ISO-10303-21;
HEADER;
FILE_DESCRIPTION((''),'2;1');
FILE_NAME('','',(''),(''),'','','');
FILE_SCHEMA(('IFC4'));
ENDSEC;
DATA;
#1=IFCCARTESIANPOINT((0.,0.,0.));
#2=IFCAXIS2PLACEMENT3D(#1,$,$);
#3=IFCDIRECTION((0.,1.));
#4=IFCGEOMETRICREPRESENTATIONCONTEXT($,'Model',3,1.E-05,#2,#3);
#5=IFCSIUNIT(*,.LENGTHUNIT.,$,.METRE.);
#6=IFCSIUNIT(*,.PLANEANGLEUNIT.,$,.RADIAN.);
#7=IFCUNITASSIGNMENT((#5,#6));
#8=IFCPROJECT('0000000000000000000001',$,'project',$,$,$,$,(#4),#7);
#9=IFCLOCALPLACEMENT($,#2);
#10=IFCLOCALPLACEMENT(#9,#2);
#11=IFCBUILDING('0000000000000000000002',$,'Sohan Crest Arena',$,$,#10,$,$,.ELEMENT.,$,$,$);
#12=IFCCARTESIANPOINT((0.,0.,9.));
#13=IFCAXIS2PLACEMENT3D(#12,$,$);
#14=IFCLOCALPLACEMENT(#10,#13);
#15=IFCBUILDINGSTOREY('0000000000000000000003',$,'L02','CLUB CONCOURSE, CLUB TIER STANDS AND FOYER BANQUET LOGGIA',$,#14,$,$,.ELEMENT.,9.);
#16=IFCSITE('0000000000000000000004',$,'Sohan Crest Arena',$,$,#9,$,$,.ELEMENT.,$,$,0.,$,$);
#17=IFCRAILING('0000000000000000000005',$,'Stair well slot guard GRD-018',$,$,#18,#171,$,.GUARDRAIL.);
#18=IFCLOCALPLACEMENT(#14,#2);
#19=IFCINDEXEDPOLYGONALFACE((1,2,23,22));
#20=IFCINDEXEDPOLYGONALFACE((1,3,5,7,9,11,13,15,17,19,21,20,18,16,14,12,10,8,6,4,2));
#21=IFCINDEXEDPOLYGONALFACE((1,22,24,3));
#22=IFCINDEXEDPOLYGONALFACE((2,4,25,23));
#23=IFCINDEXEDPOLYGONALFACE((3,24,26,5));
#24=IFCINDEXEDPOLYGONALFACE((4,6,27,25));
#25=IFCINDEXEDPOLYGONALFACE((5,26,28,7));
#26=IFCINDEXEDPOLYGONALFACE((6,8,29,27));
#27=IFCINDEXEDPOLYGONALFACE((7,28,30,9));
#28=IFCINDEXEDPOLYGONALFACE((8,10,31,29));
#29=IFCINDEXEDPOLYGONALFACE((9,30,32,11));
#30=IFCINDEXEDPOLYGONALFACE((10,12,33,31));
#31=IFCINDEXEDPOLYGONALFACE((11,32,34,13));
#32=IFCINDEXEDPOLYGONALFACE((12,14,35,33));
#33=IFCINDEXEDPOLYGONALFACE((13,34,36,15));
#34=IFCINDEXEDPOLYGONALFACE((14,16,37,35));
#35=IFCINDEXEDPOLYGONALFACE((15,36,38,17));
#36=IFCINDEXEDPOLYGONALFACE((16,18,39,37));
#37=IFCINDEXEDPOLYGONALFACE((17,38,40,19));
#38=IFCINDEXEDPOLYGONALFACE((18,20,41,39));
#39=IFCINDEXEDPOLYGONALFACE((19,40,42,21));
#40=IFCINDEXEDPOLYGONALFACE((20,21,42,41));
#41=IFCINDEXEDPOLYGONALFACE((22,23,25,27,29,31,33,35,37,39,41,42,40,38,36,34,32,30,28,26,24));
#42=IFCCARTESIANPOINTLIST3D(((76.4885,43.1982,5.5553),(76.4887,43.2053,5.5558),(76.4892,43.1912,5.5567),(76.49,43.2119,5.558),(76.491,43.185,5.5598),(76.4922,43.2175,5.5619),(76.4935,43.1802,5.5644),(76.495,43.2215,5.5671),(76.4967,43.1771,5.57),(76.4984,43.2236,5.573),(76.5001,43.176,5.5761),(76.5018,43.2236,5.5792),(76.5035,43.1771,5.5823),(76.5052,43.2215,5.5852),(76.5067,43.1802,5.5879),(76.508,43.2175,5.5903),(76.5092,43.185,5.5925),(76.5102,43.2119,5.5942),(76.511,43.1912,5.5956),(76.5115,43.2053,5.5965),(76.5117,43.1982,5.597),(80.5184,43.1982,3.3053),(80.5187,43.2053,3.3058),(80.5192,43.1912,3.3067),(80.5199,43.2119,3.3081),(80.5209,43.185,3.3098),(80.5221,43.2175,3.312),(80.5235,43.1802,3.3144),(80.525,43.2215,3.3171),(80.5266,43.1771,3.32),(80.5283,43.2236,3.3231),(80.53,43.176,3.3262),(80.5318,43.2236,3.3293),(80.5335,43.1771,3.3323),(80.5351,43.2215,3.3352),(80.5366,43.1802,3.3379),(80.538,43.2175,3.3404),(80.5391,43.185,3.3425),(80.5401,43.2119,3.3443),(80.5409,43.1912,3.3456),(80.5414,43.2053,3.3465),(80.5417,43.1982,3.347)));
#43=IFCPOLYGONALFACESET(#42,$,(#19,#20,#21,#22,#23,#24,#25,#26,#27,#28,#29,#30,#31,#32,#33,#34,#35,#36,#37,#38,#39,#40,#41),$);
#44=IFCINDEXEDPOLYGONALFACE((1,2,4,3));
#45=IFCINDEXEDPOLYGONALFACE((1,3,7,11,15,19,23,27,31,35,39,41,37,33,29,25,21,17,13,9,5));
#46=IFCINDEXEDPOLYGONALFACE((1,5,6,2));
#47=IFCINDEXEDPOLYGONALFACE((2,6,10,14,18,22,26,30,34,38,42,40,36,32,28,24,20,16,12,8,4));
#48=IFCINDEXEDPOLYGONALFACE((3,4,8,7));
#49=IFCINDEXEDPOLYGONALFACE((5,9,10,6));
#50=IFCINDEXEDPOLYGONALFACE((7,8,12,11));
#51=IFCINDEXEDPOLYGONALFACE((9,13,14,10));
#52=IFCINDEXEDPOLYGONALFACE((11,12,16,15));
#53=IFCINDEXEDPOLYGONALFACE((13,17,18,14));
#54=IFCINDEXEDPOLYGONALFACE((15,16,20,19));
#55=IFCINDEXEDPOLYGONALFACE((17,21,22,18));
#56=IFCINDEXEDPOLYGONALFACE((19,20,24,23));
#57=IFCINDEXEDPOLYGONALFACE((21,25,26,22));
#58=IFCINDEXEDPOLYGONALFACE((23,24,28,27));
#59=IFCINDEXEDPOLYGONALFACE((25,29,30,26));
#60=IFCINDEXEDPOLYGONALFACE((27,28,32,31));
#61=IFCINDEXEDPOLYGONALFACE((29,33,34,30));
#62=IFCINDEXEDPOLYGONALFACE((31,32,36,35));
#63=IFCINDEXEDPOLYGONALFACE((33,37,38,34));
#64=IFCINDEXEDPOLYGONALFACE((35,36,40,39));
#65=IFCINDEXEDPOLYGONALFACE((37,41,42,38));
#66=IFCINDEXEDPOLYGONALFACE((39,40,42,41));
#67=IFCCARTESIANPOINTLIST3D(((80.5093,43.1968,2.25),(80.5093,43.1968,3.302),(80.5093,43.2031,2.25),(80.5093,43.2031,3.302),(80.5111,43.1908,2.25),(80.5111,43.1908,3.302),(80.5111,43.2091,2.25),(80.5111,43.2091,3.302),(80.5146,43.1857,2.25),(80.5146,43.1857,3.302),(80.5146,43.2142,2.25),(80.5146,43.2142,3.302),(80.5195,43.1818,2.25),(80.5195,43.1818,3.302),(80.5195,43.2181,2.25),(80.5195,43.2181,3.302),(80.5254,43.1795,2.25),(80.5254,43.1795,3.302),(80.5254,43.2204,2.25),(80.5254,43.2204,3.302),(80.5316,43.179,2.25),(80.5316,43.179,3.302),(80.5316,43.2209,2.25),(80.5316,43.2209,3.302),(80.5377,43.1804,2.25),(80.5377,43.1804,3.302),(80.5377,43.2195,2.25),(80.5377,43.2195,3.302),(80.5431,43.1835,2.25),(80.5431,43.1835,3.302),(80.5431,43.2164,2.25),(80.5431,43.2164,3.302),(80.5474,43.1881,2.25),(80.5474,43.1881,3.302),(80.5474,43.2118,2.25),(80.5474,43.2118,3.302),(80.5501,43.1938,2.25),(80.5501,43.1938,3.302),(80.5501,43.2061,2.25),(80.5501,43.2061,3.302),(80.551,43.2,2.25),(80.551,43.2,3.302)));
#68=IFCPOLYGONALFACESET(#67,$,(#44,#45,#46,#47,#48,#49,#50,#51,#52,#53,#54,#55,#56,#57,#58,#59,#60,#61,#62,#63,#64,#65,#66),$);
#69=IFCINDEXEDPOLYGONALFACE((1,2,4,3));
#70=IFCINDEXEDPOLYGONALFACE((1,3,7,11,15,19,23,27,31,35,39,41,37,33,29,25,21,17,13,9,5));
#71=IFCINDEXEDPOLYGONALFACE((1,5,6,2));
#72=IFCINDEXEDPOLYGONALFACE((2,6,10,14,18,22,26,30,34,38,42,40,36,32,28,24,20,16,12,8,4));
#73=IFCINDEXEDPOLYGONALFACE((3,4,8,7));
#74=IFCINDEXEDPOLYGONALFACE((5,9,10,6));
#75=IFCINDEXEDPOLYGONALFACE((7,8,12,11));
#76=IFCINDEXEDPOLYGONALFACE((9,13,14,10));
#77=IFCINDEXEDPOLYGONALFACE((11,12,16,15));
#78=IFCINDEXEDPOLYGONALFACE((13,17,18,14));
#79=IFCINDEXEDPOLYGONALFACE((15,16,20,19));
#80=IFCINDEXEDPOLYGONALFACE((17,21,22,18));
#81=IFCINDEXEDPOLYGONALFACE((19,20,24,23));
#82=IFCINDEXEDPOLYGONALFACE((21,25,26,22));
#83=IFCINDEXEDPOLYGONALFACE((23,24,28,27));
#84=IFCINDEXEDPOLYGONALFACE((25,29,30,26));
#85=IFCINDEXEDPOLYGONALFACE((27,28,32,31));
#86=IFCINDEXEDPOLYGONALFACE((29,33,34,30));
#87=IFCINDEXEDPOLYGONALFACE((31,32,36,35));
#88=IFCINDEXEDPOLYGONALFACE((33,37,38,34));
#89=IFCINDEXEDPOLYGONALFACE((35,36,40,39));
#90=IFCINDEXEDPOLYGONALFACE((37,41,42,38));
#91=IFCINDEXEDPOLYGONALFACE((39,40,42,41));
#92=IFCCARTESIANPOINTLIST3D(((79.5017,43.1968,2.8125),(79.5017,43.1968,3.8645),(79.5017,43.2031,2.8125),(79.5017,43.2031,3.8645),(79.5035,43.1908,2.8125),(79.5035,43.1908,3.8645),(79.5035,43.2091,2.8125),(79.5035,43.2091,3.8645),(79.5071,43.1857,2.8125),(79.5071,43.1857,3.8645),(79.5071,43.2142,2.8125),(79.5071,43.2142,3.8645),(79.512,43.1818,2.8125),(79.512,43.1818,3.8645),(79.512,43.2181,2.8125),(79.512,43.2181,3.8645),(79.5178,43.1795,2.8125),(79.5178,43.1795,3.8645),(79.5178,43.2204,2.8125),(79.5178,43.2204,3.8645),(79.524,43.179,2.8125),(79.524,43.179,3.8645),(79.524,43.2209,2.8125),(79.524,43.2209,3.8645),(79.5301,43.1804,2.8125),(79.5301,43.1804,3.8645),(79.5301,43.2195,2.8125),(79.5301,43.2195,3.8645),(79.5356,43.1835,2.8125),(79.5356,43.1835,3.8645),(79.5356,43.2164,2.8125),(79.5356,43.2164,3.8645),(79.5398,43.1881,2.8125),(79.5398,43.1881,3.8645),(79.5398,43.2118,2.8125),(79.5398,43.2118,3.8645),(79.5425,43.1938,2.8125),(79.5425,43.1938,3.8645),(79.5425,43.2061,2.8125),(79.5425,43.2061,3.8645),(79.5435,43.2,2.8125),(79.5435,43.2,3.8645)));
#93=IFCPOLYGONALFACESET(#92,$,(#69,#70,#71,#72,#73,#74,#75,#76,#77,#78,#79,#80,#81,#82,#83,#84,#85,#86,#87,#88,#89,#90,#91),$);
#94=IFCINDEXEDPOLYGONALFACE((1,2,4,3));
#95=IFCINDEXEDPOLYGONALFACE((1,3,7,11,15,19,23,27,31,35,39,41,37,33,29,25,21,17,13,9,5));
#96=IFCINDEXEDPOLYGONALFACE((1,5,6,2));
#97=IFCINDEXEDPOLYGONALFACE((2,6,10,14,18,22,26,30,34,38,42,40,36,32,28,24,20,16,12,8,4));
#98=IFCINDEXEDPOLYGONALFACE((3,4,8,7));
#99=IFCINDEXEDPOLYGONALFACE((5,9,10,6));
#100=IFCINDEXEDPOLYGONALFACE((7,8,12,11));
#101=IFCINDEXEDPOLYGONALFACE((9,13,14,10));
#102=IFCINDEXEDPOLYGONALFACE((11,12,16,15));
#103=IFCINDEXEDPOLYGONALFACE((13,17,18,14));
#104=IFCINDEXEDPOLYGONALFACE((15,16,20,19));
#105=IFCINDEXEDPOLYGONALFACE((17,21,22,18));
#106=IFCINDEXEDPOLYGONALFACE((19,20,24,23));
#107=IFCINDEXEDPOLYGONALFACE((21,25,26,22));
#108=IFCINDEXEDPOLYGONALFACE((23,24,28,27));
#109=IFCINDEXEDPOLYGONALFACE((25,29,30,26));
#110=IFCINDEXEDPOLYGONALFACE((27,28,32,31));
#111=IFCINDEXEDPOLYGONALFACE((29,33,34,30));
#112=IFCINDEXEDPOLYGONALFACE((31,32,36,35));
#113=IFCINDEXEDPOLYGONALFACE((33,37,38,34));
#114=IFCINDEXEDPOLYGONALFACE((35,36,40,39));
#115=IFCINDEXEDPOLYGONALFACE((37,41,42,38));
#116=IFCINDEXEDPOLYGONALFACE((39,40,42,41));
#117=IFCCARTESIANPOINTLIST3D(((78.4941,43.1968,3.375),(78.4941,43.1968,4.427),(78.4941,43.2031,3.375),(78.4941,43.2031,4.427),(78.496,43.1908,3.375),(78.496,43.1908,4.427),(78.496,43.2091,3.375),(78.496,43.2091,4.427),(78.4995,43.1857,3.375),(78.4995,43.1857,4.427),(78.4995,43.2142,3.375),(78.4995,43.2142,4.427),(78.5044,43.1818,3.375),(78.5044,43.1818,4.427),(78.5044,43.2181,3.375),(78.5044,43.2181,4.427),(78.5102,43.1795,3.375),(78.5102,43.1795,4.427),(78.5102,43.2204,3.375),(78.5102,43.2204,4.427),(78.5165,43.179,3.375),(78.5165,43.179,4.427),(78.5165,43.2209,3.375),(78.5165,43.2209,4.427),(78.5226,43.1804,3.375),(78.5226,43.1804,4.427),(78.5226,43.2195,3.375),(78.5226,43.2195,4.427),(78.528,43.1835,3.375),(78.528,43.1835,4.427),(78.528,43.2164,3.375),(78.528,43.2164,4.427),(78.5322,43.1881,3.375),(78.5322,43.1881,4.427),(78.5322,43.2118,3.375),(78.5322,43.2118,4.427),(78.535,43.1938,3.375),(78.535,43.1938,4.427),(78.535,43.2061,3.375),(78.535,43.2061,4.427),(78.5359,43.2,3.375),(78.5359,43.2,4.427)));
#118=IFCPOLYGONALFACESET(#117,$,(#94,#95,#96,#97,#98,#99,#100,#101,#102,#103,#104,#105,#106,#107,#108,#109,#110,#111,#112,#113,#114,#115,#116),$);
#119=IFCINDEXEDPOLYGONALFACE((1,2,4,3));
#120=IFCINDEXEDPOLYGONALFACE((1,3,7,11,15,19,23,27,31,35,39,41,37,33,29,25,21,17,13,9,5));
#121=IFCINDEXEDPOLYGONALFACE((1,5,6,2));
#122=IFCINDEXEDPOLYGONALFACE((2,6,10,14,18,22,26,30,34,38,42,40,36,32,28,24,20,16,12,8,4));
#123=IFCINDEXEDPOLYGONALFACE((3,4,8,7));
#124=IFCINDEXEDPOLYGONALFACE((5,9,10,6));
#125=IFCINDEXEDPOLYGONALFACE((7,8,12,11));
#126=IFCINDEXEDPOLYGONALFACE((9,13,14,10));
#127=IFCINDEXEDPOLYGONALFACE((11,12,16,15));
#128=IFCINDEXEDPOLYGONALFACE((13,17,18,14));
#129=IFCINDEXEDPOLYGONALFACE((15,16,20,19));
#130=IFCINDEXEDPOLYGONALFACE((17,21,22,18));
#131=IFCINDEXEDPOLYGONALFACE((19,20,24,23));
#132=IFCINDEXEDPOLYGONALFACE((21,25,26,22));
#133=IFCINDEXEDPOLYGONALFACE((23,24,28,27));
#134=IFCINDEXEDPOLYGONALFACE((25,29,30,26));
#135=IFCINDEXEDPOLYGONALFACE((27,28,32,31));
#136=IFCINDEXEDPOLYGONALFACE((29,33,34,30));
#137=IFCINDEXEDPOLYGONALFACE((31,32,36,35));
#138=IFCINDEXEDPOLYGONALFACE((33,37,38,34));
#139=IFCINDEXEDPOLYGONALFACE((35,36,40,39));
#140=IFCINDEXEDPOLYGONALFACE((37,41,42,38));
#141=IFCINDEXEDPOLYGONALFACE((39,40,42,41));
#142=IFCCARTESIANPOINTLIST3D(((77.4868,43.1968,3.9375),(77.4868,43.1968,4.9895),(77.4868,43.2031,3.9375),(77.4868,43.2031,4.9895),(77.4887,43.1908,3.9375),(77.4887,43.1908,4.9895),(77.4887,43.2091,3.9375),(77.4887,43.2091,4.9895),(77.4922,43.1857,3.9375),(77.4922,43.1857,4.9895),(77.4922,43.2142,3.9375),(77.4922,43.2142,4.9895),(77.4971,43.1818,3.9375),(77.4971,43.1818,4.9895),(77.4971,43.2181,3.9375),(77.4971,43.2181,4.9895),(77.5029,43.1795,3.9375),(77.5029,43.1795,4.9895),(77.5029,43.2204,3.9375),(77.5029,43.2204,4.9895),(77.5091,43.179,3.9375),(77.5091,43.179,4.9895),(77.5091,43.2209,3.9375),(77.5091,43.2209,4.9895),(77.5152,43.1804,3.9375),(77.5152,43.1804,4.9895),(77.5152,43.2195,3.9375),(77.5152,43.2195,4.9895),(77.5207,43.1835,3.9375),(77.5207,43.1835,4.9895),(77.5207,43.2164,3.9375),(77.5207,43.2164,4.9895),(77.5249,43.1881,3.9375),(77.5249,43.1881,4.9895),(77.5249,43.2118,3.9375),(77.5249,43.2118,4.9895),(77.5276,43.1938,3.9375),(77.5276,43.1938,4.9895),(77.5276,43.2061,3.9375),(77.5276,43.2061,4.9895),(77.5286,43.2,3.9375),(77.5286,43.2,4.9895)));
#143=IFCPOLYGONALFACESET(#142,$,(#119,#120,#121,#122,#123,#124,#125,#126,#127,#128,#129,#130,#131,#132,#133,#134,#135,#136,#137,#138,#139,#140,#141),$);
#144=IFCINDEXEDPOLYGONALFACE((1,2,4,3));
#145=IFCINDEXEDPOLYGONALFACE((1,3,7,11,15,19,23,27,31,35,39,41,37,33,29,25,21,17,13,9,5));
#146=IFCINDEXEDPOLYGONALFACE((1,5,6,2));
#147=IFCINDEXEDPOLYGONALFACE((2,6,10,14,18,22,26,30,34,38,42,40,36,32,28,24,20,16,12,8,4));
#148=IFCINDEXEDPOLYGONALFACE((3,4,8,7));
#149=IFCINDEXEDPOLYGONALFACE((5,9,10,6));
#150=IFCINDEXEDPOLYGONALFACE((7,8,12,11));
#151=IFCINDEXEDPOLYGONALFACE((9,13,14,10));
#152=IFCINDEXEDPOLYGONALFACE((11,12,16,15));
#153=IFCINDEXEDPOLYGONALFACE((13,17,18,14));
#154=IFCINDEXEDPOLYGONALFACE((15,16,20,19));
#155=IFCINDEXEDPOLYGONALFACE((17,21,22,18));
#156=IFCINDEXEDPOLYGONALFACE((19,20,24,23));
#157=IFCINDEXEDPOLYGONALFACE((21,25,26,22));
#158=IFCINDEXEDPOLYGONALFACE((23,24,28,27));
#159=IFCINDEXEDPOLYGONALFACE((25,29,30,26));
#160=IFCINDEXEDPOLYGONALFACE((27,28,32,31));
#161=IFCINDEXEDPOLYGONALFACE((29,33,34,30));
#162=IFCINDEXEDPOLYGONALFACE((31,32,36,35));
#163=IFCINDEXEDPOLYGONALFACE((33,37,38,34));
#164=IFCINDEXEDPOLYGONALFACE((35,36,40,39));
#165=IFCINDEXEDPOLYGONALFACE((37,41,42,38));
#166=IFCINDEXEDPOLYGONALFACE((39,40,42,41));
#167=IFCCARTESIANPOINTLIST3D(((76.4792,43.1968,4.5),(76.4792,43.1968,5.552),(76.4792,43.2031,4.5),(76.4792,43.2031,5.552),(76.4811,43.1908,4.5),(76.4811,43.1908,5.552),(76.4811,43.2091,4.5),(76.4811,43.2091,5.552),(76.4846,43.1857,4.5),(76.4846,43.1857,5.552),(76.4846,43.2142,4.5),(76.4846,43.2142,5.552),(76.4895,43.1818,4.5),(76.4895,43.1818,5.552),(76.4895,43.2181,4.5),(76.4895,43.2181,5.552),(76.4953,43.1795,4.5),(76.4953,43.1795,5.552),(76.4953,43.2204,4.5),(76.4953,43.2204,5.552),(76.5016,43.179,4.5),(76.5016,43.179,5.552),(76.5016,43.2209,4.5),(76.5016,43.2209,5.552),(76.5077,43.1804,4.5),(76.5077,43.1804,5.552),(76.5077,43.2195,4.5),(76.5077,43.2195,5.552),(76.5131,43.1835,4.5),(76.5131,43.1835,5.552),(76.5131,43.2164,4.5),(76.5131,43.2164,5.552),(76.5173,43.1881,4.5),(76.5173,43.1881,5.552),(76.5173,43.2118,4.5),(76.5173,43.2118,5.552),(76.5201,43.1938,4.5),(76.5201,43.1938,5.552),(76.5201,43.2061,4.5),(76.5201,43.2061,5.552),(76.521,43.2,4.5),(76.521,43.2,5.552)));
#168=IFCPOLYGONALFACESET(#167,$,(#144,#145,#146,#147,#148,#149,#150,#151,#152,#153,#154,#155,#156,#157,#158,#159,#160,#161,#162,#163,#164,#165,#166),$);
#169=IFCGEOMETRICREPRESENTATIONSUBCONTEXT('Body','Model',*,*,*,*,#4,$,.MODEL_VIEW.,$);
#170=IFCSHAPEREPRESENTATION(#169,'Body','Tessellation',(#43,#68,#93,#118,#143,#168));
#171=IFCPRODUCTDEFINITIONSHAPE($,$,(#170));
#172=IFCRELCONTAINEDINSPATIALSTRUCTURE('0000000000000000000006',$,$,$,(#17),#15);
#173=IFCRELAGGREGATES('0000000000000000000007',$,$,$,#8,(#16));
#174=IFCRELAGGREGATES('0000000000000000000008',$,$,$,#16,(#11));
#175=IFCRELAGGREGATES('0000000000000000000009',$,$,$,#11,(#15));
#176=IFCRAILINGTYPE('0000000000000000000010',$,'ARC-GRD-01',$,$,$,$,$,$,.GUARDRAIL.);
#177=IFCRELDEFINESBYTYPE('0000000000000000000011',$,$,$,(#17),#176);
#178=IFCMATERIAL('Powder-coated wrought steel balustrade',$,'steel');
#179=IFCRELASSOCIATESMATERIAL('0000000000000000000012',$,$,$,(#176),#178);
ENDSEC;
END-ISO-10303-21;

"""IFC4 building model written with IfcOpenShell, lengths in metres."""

from ifc_helpers import new_model, si_unit, direction, frame, origin, origin_2d, place, context, subcontext, project, spatial, circle, extrude, material, type_object, element, save


model = new_model("IFC4")

# Units and contexts
model_context = context("Model", 3, precision=1e-05, world=origin(), true_north=direction((0.0, 1.0)))
body_context = subcontext(model_context, "Body", "Model", "MODEL_VIEW")
ifc_project = project(units=[si_unit("LENGTHUNIT", "METRE"), si_unit("PLANEANGLEUNIT", "RADIAN")], contexts=[model_context])

# Site, building, storey
site_placement = place(None, origin())
site = spatial("IfcSite", under=ifc_project, at=site_placement, Name="Sohan Crest Arena", CompositionType="ELEMENT", RefElevation=0.0)
building_placement = place(site_placement, origin())
building = spatial("IfcBuilding", under=site, at=building_placement, Name="Sohan Crest Arena", CompositionType="ELEMENT")
storey_placement = place(building_placement, frame((0.0, 0.0, 9.0)))
storey = spatial("IfcBuildingStorey", under=building, at=storey_placement, Name="L02", Description="CLUB CONCOURSE, CLUB TIER STANDS AND FOYER BANQUET LOGGIA", CompositionType="ELEMENT", Elevation=9.0)

# Railing
ifc_material_1 = material(Name="Powder-coated wrought steel balustrade", Category="steel")
railing_type_1 = type_object("IfcRailingType", Name="ARC-GRD-01", PredefinedType="GUARDRAIL", material=ifc_material_1)
railing_1_placement = place(storey_placement, frame((80.53, 43.2, 2.25)))
element("IfcRailing", 1, at=railing_1_placement, inside=storey, type_object=railing_type_1, Name="Stair well slot guard GRD-018", PredefinedType="GUARDRAIL", context=body_context, shape_type="SweptSolid", body=[
    extrude(circle(Radius=0.0239, at=origin_2d()), frame((0.0, 0.0, 1.0762), z_axis=(-0.873135, 0.0, 0.487479), x_axis=(0.0, -1.0, 0.0)), (0.0, 0.0, 1.0), 4.6155),
    extrude(circle(Radius=0.021, at=origin_2d()), origin(), (0.0, 0.0, 1.0), 1.052),
    extrude(circle(Radius=0.021, at=origin_2d()), frame((-1.0076, 0.0, 0.5625)), (0.0, 0.0, 1.0), 1.052),
    extrude(circle(Radius=0.021, at=origin_2d()), frame((-2.0151, 0.0, 1.125)), (0.0, 0.0, 1.0), 1.052),
    extrude(circle(Radius=0.021, at=origin_2d()), frame((-3.0225, 0.0, 1.6875)), (0.0, 0.0, 1.0), 1.052),
    extrude(circle(Radius=0.021, at=origin_2d()), frame((-4.03, 0.0, 2.25)), (0.0, 0.0, 1.0), 1.052),
])

save(model, "model.ifc")
